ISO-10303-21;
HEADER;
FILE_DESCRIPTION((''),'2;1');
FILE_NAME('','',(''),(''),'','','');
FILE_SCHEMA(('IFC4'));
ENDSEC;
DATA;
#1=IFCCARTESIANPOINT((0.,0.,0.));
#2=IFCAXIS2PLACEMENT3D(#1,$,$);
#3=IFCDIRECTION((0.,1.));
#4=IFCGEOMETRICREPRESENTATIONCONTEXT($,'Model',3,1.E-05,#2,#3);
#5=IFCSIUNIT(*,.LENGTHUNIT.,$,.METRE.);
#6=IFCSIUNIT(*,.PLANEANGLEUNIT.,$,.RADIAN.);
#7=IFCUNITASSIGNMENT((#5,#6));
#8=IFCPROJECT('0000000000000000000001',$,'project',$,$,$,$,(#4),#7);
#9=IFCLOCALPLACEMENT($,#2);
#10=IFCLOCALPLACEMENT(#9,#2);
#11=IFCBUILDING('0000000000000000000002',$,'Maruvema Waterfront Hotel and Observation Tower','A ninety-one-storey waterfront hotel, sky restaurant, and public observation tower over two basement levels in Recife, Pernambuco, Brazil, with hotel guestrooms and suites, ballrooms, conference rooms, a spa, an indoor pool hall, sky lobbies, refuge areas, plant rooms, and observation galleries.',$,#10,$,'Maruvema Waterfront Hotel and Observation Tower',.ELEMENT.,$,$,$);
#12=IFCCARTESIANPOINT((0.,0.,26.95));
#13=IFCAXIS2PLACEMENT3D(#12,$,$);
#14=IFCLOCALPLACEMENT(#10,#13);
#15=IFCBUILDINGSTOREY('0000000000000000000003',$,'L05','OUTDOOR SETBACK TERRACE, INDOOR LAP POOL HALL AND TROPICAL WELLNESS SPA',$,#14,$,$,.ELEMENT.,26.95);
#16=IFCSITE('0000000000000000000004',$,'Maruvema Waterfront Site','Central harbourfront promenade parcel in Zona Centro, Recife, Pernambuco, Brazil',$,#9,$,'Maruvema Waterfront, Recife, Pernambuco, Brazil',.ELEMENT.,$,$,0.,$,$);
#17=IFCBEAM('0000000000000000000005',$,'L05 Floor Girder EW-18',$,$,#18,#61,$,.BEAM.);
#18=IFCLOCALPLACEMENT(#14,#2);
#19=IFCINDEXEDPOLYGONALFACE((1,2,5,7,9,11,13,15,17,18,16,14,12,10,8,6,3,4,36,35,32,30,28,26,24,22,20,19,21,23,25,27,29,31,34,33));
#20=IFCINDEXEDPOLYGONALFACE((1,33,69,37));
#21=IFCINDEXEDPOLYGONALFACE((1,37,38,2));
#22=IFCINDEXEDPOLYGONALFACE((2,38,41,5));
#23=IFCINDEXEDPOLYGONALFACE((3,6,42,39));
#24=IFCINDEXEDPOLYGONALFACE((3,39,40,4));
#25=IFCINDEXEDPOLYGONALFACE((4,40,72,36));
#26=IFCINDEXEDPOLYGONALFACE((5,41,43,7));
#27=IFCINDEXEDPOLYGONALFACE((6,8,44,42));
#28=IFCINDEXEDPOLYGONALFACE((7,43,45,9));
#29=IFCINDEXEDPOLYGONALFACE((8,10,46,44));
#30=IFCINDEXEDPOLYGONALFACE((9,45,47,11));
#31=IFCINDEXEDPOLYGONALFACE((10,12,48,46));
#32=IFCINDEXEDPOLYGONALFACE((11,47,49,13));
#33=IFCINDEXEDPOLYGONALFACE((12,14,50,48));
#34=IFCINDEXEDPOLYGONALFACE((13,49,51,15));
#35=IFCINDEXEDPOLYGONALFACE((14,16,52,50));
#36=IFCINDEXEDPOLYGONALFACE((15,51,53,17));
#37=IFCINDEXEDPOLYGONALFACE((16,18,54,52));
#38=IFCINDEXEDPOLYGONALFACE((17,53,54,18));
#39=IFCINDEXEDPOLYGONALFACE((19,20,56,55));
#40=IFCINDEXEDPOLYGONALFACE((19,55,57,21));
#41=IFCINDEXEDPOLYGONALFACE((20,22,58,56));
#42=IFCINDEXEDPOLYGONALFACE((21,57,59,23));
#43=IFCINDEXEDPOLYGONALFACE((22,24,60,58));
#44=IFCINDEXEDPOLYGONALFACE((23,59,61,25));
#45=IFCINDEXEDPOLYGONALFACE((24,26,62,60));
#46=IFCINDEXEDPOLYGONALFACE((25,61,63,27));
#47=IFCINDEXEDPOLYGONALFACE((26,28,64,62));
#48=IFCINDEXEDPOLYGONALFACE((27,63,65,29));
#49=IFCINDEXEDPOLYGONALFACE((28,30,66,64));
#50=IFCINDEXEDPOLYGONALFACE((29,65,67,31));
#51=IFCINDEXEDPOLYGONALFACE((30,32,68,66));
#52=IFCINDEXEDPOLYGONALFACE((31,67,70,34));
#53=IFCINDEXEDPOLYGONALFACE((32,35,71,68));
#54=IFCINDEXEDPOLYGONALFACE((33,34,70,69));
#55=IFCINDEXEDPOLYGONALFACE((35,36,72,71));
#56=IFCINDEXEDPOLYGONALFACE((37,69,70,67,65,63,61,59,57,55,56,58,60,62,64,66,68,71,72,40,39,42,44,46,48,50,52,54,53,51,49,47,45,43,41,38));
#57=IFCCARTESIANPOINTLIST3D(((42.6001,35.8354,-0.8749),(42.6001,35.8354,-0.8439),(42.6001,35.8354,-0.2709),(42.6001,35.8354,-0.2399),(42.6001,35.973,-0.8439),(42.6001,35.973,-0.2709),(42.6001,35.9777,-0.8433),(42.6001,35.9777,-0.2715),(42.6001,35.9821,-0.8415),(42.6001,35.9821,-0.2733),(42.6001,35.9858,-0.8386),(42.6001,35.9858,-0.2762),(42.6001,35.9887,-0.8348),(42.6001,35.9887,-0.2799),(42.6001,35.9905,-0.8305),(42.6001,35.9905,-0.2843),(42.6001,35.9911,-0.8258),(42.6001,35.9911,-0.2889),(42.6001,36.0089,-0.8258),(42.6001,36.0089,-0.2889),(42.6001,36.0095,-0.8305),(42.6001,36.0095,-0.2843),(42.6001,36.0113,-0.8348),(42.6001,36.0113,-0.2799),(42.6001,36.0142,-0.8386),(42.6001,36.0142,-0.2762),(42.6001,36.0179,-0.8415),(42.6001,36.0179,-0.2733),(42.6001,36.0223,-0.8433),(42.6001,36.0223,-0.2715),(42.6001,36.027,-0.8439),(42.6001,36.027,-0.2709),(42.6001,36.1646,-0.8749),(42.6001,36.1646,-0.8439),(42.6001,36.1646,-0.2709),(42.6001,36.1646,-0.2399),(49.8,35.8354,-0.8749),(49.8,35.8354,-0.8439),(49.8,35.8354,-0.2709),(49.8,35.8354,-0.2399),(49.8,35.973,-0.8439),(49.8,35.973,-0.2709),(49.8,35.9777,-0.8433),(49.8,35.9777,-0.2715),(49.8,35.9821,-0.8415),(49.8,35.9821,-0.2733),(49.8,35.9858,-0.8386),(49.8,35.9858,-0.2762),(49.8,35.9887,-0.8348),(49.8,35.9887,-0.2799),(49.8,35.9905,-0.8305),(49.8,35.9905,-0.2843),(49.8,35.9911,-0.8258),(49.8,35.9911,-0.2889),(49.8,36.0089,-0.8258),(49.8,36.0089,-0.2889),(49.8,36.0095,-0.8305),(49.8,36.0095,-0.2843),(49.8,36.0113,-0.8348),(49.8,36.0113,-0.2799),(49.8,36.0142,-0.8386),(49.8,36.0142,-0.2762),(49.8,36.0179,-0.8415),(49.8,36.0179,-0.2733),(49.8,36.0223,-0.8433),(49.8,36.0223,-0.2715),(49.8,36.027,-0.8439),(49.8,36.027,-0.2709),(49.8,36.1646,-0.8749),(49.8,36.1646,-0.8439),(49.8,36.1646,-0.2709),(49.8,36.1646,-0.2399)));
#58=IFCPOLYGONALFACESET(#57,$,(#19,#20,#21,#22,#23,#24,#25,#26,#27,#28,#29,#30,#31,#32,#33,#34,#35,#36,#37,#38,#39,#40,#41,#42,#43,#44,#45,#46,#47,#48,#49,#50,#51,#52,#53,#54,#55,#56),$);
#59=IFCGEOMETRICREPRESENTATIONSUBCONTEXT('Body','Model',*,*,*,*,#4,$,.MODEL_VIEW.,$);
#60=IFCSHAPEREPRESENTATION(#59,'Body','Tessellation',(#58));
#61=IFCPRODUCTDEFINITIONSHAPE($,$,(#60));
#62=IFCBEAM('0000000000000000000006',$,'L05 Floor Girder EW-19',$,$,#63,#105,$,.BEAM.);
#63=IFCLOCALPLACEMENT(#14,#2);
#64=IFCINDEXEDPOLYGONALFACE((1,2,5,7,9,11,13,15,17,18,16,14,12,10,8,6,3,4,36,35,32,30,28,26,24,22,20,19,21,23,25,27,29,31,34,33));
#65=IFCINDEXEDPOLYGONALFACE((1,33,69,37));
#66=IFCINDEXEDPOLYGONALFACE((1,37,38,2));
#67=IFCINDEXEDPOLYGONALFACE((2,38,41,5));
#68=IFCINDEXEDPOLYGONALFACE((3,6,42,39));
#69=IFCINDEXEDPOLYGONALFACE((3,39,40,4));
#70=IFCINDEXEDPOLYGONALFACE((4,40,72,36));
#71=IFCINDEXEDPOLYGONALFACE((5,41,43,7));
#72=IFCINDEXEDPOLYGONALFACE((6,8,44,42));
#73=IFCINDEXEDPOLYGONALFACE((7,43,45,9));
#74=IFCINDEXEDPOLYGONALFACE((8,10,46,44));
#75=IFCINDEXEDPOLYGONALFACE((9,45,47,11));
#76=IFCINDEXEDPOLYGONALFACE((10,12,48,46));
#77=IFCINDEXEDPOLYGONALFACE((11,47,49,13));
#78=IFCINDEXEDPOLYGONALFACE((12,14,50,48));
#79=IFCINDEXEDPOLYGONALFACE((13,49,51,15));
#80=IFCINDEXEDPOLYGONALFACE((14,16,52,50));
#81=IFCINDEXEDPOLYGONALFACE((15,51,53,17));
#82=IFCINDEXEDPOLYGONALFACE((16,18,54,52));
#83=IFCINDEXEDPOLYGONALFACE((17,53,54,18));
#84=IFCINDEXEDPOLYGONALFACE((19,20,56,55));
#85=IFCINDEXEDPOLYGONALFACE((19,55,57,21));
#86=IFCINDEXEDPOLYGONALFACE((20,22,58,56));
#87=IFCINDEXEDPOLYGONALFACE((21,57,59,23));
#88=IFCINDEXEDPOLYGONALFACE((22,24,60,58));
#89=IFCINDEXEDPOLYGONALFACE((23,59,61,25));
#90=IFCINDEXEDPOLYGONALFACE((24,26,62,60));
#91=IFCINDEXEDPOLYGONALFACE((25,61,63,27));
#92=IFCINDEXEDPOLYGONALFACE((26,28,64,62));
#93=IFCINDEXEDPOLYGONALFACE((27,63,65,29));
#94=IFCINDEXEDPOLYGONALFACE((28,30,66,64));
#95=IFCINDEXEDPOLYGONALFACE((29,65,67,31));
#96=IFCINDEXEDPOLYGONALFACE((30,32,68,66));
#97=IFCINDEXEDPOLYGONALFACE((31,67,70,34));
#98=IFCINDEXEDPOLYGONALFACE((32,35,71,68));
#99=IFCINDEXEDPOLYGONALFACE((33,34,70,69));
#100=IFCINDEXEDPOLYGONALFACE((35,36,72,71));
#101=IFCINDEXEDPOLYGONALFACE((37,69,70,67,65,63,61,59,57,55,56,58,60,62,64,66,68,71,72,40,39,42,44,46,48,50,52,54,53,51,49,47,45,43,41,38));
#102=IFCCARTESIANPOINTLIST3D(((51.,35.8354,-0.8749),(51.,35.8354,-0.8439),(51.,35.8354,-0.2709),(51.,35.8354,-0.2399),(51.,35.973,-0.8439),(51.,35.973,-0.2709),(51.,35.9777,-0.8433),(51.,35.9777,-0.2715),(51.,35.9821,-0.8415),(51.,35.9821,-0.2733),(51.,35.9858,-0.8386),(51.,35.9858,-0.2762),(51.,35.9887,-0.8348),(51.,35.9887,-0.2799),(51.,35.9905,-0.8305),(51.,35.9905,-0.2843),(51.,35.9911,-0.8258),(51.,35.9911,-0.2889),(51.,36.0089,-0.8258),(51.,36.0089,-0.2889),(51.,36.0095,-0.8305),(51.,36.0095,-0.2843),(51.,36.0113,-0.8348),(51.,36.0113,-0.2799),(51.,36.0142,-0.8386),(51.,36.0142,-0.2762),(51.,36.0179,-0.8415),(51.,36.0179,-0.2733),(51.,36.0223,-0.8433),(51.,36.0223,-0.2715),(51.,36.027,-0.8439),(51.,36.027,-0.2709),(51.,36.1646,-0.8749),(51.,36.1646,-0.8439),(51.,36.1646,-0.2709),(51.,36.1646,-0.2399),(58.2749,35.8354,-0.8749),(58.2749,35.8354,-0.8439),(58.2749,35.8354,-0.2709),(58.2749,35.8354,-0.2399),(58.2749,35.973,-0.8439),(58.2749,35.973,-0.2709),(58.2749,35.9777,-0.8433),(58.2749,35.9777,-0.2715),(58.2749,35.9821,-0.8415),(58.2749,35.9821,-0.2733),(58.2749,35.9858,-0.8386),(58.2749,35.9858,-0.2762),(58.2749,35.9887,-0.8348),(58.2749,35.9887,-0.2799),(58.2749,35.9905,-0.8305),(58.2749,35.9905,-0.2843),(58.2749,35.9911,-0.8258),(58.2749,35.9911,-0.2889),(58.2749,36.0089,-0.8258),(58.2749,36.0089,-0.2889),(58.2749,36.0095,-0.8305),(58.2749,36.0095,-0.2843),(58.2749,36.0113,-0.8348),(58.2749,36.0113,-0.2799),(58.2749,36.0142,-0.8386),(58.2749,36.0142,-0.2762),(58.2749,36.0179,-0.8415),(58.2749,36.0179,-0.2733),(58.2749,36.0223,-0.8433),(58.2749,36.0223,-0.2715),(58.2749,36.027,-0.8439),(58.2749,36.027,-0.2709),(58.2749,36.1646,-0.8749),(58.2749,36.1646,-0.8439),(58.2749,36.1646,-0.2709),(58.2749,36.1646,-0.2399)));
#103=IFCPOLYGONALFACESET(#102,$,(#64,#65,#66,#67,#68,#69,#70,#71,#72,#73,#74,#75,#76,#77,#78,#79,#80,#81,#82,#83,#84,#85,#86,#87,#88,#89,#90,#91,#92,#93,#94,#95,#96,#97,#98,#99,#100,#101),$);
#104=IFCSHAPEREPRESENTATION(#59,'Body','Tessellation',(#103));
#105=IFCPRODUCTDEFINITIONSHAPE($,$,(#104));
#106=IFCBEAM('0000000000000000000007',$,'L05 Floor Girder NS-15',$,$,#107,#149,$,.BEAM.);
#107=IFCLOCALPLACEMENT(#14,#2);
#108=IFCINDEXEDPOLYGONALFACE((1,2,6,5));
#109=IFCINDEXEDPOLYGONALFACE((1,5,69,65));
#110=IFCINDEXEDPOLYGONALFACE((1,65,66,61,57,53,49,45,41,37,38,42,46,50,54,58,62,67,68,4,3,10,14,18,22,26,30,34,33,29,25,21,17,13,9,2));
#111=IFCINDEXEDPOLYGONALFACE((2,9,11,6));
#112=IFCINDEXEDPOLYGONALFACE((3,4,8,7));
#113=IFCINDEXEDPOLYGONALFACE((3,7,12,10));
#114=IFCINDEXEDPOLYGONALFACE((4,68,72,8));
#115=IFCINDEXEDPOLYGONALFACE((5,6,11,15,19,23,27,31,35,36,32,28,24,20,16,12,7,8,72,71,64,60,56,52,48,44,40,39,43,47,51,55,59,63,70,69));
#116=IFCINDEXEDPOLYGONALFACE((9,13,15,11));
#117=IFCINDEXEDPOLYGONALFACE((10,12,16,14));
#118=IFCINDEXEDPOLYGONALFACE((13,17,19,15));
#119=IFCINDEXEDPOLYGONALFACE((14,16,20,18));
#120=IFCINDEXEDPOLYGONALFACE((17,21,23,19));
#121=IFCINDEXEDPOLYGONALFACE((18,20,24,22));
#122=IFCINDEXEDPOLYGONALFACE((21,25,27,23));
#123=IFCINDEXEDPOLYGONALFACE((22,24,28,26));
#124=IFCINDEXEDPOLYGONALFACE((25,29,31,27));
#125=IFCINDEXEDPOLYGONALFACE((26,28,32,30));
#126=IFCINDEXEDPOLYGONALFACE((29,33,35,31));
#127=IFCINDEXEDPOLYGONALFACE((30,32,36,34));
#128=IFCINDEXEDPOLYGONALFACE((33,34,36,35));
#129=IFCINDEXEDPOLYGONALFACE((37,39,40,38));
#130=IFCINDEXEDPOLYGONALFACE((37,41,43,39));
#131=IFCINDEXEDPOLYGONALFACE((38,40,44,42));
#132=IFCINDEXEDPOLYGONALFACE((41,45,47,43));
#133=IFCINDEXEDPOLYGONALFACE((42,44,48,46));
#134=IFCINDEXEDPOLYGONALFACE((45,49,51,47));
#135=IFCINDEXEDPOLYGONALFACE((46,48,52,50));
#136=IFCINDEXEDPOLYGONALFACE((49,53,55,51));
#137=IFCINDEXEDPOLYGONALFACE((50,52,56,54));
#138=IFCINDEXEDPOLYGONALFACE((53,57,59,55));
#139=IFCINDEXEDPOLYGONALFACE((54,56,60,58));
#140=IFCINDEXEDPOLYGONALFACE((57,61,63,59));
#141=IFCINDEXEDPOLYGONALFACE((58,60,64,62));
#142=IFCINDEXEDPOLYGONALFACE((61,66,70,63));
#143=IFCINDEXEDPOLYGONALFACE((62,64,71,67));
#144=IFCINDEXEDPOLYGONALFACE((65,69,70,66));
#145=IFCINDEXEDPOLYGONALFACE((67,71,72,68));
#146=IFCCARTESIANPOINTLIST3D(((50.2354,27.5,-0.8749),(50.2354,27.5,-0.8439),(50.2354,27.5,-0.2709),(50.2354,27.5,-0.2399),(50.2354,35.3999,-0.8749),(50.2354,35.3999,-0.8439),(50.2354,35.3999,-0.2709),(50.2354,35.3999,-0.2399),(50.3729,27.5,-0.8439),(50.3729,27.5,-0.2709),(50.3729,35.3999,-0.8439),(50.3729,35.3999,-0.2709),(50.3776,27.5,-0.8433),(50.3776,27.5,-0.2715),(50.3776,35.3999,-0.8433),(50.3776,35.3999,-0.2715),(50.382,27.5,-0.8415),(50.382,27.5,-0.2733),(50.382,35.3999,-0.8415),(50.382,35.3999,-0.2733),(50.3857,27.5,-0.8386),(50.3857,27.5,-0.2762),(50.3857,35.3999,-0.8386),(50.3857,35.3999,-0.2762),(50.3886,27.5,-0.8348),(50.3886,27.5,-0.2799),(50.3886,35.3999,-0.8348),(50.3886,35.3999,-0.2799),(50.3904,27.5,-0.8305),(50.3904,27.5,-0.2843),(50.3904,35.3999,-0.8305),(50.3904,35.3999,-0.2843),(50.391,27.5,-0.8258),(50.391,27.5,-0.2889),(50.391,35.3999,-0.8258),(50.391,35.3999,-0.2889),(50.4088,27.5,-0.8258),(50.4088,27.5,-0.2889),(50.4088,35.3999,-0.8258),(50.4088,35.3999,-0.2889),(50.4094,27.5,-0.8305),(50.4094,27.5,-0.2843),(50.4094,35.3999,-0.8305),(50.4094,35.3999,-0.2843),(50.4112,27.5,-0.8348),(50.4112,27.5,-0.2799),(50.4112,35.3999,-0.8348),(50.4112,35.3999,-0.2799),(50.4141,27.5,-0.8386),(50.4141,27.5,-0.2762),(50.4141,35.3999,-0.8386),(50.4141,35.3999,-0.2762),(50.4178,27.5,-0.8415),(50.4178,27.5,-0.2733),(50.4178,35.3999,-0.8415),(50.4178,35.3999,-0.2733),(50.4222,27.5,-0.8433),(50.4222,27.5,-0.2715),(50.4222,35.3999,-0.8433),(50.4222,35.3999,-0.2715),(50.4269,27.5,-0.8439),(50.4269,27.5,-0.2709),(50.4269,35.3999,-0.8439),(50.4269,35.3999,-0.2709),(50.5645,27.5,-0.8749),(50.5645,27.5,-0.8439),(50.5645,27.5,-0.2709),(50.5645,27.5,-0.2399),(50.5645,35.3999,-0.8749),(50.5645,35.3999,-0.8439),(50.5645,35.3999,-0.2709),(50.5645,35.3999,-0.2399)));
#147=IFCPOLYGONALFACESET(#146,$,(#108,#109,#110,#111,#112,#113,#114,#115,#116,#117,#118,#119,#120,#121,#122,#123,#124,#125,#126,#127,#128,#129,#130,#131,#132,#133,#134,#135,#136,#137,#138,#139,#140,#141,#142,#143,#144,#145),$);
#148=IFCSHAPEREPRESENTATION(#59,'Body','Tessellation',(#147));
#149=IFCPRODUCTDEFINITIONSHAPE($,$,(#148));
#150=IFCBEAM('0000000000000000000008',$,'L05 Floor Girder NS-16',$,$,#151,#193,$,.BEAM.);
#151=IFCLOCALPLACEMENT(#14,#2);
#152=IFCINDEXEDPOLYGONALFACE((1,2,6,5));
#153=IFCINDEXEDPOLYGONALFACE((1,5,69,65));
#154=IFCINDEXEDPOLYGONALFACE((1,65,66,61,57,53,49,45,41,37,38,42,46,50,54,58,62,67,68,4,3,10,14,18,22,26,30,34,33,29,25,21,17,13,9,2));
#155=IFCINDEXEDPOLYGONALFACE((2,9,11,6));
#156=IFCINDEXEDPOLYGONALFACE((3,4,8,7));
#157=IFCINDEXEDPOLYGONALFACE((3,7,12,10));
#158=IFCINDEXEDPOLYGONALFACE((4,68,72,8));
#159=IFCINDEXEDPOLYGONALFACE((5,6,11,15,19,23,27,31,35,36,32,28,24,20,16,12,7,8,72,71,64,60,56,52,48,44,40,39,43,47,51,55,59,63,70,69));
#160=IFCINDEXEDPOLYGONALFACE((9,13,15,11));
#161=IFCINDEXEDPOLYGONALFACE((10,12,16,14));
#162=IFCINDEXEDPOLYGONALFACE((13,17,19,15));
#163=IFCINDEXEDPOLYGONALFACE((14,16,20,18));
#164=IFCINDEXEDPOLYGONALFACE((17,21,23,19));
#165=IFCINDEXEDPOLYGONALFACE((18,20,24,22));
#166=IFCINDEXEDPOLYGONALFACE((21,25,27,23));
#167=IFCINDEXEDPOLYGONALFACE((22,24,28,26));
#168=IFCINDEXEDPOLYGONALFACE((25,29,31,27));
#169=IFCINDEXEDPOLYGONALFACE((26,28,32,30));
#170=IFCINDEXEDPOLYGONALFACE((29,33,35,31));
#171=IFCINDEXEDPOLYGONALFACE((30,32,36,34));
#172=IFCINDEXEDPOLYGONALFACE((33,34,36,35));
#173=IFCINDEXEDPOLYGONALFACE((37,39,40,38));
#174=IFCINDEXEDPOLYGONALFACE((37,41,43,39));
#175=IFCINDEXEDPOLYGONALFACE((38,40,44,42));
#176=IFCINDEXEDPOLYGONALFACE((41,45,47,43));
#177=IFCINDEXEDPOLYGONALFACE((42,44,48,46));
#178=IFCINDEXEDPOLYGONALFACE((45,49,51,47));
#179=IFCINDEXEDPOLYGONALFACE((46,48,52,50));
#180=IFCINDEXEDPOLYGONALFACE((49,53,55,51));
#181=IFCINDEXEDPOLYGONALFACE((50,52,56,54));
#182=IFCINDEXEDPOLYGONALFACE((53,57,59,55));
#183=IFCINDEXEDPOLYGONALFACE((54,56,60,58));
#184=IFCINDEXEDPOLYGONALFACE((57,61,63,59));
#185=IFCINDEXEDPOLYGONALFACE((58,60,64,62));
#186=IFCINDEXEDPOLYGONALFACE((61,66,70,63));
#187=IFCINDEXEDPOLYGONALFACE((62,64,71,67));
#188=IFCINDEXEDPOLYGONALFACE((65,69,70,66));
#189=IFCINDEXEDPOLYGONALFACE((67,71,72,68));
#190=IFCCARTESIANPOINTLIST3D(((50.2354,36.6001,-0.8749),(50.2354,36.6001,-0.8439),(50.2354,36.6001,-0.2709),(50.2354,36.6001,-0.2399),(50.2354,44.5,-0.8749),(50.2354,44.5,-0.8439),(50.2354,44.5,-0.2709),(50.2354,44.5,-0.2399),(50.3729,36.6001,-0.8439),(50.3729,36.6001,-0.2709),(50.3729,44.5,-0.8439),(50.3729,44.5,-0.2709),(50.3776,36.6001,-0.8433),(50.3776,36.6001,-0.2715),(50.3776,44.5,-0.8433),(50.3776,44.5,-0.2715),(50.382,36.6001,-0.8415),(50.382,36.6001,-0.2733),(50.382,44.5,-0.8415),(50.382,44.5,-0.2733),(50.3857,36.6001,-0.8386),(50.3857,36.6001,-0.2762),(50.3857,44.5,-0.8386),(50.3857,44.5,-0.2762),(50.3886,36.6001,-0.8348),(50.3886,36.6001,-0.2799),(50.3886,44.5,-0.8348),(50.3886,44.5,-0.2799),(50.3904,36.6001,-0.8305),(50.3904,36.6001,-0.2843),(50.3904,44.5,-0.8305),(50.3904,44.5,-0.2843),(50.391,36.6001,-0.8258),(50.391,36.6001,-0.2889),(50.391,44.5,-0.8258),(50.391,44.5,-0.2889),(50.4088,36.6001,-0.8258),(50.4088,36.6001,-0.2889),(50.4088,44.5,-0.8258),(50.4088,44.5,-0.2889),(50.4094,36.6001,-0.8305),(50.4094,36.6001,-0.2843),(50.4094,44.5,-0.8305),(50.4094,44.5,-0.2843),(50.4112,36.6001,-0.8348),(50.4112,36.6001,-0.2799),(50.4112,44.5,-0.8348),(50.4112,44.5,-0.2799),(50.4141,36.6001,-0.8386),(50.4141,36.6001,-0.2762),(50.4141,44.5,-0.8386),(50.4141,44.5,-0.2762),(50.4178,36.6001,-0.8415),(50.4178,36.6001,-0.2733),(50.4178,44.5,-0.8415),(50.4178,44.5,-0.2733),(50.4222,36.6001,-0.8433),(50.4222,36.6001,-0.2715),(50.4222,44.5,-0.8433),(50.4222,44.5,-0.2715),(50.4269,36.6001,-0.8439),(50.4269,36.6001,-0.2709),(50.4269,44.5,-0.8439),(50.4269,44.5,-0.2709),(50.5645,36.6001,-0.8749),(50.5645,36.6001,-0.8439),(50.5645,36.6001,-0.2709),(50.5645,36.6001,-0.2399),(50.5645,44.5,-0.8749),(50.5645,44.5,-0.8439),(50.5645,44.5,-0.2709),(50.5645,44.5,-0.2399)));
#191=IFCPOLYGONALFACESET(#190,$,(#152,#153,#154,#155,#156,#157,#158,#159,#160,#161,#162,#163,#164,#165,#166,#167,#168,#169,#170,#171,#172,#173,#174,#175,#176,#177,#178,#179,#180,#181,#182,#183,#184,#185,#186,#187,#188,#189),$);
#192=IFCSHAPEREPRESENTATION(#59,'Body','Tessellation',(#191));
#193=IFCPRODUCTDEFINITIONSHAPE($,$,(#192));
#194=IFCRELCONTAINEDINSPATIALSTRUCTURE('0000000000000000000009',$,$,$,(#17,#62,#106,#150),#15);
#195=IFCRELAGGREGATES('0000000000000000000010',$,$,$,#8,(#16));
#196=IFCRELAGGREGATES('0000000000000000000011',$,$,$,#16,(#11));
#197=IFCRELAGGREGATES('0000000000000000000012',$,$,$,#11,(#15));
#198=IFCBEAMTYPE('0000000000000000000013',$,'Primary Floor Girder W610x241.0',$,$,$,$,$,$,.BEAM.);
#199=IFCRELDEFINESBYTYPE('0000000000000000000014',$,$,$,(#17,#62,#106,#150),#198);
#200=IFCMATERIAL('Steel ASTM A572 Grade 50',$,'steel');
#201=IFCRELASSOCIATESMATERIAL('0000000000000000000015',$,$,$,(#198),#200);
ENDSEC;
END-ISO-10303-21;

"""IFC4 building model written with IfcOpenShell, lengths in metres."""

from ifc_helpers import new_model, si_unit, direction, frame, origin, origin_2d, place, context, subcontext, project, spatial, i_section, extrude, material, material_profile, profile_set, type_object, element, save


model = new_model("IFC4")

# Units and contexts
model_context = context("Model", 3, precision=1e-05, world=origin(), true_north=direction((0.0, 1.0)))
body_context = subcontext(model_context, "Body", "Model", "MODEL_VIEW")
ifc_project = project(units=[si_unit("LENGTHUNIT", "METRE"), si_unit("PLANEANGLEUNIT", "RADIAN")], contexts=[model_context])

# Site, building, storey
site_placement = place(None, origin())
site = spatial("IfcSite", under=ifc_project, at=site_placement, Name="Maruvema Waterfront Site", Description="Central harbourfront promenade parcel in Zona Centro, Recife, Pernambuco, Brazil", LongName="Maruvema Waterfront, Recife, Pernambuco, Brazil", CompositionType="ELEMENT", RefElevation=0.0)
building_placement = place(site_placement, origin())
building = spatial("IfcBuilding", under=site, at=building_placement, Name="Maruvema Waterfront Hotel and Observation Tower", Description="A ninety-one-storey waterfront hotel, sky restaurant, and public observation tower over two basement levels in Recife, Pernambuco, Brazil, with hotel guestrooms and suites, ballrooms, conference rooms, a spa, an indoor pool hall, sky lobbies, refuge areas, plant rooms, and observation galleries.", LongName="Maruvema Waterfront Hotel and Observation Tower", CompositionType="ELEMENT")
storey_placement = place(building_placement, frame((0.0, 0.0, 26.95)))
storey = spatial("IfcBuildingStorey", under=building, at=storey_placement, Name="L05", Description="OUTDOOR SETBACK TERRACE, INDOOR LAP POOL HALL AND TROPICAL WELLNESS SPA", CompositionType="ELEMENT", Elevation=26.95)

# Beams
ifc_material_1 = material(Name="Steel ASTM A572 Grade 50", Category="steel")
ifc_material_profile_1 = material_profile(ifc_material_1, i_section(OverallWidth=0.3291, OverallDepth=0.635, WebThickness=0.0178, FlangeThickness=0.031, FilletRadius=0.0181, at=origin_2d()), Name="W610x241.0")
ifc_profile_set_1 = profile_set([ifc_material_profile_1], Name="Steel ASTM A572 Grade 50")
beam_type_1 = type_object("IfcBeamType", Name="Primary Floor Girder W610x241.0", PredefinedType="BEAM", material=ifc_profile_set_1)
beam_1_placement = place(storey_placement, frame((42.6001, 36.0, -0.5574), z_axis=(1.0, 0.0, 0.0), x_axis=(0.0, 1.0, 0.0)))
element("IfcBeam", 1, at=beam_1_placement, inside=storey, type_object=beam_type_1, Name="L05 Floor Girder EW-18", PredefinedType="BEAM", context=body_context, shape_type="SweptSolid", body=[
    extrude(i_section(OverallWidth=0.3291, OverallDepth=0.635, WebThickness=0.0178, FlangeThickness=0.031, FilletRadius=0.0181, at=origin_2d()), origin(), (0.0, 0.0, 1.0), 7.2),
])
beam_2_placement = place(storey_placement, frame((51.0, 36.0, -0.5574), z_axis=(1.0, 0.0, 0.0), x_axis=(0.0, 1.0, 0.0)))
element("IfcBeam", 2, at=beam_2_placement, inside=storey, type_object=beam_type_1, Name="L05 Floor Girder EW-19", PredefinedType="BEAM", context=body_context, shape_type="SweptSolid", body=[
    extrude(i_section(OverallWidth=0.3291, OverallDepth=0.635, WebThickness=0.0178, FlangeThickness=0.031, FilletRadius=0.0181, at=origin_2d()), origin(), (0.0, 0.0, 1.0), 7.2749),
])
for number, where, z_axis, x_axis, name in (
    (3, (50.3999, 27.5, -0.5574), (0.0, 1.0, 0.0), (-1.0, 0.0, 0.0), "L05 Floor Girder NS-15"),
    (4, (50.3999, 36.6001, -0.5574), (0.0, 1.0, 0.0), (-1.0, 0.0, 0.0), "L05 Floor Girder NS-16"),
):
    element("IfcBeam", number, at=place(storey_placement, frame(where, z_axis=z_axis, x_axis=x_axis)), inside=storey, type_object=beam_type_1, Name=name, PredefinedType="BEAM", context=body_context, shape_type="SweptSolid", body=[
        extrude(i_section(OverallWidth=0.3291, OverallDepth=0.635, WebThickness=0.0178, FlangeThickness=0.031, FilletRadius=0.0181, at=origin_2d()), origin(), (0.0, 0.0, 1.0), 7.8999),
    ])

save(model, "model.ifc")
